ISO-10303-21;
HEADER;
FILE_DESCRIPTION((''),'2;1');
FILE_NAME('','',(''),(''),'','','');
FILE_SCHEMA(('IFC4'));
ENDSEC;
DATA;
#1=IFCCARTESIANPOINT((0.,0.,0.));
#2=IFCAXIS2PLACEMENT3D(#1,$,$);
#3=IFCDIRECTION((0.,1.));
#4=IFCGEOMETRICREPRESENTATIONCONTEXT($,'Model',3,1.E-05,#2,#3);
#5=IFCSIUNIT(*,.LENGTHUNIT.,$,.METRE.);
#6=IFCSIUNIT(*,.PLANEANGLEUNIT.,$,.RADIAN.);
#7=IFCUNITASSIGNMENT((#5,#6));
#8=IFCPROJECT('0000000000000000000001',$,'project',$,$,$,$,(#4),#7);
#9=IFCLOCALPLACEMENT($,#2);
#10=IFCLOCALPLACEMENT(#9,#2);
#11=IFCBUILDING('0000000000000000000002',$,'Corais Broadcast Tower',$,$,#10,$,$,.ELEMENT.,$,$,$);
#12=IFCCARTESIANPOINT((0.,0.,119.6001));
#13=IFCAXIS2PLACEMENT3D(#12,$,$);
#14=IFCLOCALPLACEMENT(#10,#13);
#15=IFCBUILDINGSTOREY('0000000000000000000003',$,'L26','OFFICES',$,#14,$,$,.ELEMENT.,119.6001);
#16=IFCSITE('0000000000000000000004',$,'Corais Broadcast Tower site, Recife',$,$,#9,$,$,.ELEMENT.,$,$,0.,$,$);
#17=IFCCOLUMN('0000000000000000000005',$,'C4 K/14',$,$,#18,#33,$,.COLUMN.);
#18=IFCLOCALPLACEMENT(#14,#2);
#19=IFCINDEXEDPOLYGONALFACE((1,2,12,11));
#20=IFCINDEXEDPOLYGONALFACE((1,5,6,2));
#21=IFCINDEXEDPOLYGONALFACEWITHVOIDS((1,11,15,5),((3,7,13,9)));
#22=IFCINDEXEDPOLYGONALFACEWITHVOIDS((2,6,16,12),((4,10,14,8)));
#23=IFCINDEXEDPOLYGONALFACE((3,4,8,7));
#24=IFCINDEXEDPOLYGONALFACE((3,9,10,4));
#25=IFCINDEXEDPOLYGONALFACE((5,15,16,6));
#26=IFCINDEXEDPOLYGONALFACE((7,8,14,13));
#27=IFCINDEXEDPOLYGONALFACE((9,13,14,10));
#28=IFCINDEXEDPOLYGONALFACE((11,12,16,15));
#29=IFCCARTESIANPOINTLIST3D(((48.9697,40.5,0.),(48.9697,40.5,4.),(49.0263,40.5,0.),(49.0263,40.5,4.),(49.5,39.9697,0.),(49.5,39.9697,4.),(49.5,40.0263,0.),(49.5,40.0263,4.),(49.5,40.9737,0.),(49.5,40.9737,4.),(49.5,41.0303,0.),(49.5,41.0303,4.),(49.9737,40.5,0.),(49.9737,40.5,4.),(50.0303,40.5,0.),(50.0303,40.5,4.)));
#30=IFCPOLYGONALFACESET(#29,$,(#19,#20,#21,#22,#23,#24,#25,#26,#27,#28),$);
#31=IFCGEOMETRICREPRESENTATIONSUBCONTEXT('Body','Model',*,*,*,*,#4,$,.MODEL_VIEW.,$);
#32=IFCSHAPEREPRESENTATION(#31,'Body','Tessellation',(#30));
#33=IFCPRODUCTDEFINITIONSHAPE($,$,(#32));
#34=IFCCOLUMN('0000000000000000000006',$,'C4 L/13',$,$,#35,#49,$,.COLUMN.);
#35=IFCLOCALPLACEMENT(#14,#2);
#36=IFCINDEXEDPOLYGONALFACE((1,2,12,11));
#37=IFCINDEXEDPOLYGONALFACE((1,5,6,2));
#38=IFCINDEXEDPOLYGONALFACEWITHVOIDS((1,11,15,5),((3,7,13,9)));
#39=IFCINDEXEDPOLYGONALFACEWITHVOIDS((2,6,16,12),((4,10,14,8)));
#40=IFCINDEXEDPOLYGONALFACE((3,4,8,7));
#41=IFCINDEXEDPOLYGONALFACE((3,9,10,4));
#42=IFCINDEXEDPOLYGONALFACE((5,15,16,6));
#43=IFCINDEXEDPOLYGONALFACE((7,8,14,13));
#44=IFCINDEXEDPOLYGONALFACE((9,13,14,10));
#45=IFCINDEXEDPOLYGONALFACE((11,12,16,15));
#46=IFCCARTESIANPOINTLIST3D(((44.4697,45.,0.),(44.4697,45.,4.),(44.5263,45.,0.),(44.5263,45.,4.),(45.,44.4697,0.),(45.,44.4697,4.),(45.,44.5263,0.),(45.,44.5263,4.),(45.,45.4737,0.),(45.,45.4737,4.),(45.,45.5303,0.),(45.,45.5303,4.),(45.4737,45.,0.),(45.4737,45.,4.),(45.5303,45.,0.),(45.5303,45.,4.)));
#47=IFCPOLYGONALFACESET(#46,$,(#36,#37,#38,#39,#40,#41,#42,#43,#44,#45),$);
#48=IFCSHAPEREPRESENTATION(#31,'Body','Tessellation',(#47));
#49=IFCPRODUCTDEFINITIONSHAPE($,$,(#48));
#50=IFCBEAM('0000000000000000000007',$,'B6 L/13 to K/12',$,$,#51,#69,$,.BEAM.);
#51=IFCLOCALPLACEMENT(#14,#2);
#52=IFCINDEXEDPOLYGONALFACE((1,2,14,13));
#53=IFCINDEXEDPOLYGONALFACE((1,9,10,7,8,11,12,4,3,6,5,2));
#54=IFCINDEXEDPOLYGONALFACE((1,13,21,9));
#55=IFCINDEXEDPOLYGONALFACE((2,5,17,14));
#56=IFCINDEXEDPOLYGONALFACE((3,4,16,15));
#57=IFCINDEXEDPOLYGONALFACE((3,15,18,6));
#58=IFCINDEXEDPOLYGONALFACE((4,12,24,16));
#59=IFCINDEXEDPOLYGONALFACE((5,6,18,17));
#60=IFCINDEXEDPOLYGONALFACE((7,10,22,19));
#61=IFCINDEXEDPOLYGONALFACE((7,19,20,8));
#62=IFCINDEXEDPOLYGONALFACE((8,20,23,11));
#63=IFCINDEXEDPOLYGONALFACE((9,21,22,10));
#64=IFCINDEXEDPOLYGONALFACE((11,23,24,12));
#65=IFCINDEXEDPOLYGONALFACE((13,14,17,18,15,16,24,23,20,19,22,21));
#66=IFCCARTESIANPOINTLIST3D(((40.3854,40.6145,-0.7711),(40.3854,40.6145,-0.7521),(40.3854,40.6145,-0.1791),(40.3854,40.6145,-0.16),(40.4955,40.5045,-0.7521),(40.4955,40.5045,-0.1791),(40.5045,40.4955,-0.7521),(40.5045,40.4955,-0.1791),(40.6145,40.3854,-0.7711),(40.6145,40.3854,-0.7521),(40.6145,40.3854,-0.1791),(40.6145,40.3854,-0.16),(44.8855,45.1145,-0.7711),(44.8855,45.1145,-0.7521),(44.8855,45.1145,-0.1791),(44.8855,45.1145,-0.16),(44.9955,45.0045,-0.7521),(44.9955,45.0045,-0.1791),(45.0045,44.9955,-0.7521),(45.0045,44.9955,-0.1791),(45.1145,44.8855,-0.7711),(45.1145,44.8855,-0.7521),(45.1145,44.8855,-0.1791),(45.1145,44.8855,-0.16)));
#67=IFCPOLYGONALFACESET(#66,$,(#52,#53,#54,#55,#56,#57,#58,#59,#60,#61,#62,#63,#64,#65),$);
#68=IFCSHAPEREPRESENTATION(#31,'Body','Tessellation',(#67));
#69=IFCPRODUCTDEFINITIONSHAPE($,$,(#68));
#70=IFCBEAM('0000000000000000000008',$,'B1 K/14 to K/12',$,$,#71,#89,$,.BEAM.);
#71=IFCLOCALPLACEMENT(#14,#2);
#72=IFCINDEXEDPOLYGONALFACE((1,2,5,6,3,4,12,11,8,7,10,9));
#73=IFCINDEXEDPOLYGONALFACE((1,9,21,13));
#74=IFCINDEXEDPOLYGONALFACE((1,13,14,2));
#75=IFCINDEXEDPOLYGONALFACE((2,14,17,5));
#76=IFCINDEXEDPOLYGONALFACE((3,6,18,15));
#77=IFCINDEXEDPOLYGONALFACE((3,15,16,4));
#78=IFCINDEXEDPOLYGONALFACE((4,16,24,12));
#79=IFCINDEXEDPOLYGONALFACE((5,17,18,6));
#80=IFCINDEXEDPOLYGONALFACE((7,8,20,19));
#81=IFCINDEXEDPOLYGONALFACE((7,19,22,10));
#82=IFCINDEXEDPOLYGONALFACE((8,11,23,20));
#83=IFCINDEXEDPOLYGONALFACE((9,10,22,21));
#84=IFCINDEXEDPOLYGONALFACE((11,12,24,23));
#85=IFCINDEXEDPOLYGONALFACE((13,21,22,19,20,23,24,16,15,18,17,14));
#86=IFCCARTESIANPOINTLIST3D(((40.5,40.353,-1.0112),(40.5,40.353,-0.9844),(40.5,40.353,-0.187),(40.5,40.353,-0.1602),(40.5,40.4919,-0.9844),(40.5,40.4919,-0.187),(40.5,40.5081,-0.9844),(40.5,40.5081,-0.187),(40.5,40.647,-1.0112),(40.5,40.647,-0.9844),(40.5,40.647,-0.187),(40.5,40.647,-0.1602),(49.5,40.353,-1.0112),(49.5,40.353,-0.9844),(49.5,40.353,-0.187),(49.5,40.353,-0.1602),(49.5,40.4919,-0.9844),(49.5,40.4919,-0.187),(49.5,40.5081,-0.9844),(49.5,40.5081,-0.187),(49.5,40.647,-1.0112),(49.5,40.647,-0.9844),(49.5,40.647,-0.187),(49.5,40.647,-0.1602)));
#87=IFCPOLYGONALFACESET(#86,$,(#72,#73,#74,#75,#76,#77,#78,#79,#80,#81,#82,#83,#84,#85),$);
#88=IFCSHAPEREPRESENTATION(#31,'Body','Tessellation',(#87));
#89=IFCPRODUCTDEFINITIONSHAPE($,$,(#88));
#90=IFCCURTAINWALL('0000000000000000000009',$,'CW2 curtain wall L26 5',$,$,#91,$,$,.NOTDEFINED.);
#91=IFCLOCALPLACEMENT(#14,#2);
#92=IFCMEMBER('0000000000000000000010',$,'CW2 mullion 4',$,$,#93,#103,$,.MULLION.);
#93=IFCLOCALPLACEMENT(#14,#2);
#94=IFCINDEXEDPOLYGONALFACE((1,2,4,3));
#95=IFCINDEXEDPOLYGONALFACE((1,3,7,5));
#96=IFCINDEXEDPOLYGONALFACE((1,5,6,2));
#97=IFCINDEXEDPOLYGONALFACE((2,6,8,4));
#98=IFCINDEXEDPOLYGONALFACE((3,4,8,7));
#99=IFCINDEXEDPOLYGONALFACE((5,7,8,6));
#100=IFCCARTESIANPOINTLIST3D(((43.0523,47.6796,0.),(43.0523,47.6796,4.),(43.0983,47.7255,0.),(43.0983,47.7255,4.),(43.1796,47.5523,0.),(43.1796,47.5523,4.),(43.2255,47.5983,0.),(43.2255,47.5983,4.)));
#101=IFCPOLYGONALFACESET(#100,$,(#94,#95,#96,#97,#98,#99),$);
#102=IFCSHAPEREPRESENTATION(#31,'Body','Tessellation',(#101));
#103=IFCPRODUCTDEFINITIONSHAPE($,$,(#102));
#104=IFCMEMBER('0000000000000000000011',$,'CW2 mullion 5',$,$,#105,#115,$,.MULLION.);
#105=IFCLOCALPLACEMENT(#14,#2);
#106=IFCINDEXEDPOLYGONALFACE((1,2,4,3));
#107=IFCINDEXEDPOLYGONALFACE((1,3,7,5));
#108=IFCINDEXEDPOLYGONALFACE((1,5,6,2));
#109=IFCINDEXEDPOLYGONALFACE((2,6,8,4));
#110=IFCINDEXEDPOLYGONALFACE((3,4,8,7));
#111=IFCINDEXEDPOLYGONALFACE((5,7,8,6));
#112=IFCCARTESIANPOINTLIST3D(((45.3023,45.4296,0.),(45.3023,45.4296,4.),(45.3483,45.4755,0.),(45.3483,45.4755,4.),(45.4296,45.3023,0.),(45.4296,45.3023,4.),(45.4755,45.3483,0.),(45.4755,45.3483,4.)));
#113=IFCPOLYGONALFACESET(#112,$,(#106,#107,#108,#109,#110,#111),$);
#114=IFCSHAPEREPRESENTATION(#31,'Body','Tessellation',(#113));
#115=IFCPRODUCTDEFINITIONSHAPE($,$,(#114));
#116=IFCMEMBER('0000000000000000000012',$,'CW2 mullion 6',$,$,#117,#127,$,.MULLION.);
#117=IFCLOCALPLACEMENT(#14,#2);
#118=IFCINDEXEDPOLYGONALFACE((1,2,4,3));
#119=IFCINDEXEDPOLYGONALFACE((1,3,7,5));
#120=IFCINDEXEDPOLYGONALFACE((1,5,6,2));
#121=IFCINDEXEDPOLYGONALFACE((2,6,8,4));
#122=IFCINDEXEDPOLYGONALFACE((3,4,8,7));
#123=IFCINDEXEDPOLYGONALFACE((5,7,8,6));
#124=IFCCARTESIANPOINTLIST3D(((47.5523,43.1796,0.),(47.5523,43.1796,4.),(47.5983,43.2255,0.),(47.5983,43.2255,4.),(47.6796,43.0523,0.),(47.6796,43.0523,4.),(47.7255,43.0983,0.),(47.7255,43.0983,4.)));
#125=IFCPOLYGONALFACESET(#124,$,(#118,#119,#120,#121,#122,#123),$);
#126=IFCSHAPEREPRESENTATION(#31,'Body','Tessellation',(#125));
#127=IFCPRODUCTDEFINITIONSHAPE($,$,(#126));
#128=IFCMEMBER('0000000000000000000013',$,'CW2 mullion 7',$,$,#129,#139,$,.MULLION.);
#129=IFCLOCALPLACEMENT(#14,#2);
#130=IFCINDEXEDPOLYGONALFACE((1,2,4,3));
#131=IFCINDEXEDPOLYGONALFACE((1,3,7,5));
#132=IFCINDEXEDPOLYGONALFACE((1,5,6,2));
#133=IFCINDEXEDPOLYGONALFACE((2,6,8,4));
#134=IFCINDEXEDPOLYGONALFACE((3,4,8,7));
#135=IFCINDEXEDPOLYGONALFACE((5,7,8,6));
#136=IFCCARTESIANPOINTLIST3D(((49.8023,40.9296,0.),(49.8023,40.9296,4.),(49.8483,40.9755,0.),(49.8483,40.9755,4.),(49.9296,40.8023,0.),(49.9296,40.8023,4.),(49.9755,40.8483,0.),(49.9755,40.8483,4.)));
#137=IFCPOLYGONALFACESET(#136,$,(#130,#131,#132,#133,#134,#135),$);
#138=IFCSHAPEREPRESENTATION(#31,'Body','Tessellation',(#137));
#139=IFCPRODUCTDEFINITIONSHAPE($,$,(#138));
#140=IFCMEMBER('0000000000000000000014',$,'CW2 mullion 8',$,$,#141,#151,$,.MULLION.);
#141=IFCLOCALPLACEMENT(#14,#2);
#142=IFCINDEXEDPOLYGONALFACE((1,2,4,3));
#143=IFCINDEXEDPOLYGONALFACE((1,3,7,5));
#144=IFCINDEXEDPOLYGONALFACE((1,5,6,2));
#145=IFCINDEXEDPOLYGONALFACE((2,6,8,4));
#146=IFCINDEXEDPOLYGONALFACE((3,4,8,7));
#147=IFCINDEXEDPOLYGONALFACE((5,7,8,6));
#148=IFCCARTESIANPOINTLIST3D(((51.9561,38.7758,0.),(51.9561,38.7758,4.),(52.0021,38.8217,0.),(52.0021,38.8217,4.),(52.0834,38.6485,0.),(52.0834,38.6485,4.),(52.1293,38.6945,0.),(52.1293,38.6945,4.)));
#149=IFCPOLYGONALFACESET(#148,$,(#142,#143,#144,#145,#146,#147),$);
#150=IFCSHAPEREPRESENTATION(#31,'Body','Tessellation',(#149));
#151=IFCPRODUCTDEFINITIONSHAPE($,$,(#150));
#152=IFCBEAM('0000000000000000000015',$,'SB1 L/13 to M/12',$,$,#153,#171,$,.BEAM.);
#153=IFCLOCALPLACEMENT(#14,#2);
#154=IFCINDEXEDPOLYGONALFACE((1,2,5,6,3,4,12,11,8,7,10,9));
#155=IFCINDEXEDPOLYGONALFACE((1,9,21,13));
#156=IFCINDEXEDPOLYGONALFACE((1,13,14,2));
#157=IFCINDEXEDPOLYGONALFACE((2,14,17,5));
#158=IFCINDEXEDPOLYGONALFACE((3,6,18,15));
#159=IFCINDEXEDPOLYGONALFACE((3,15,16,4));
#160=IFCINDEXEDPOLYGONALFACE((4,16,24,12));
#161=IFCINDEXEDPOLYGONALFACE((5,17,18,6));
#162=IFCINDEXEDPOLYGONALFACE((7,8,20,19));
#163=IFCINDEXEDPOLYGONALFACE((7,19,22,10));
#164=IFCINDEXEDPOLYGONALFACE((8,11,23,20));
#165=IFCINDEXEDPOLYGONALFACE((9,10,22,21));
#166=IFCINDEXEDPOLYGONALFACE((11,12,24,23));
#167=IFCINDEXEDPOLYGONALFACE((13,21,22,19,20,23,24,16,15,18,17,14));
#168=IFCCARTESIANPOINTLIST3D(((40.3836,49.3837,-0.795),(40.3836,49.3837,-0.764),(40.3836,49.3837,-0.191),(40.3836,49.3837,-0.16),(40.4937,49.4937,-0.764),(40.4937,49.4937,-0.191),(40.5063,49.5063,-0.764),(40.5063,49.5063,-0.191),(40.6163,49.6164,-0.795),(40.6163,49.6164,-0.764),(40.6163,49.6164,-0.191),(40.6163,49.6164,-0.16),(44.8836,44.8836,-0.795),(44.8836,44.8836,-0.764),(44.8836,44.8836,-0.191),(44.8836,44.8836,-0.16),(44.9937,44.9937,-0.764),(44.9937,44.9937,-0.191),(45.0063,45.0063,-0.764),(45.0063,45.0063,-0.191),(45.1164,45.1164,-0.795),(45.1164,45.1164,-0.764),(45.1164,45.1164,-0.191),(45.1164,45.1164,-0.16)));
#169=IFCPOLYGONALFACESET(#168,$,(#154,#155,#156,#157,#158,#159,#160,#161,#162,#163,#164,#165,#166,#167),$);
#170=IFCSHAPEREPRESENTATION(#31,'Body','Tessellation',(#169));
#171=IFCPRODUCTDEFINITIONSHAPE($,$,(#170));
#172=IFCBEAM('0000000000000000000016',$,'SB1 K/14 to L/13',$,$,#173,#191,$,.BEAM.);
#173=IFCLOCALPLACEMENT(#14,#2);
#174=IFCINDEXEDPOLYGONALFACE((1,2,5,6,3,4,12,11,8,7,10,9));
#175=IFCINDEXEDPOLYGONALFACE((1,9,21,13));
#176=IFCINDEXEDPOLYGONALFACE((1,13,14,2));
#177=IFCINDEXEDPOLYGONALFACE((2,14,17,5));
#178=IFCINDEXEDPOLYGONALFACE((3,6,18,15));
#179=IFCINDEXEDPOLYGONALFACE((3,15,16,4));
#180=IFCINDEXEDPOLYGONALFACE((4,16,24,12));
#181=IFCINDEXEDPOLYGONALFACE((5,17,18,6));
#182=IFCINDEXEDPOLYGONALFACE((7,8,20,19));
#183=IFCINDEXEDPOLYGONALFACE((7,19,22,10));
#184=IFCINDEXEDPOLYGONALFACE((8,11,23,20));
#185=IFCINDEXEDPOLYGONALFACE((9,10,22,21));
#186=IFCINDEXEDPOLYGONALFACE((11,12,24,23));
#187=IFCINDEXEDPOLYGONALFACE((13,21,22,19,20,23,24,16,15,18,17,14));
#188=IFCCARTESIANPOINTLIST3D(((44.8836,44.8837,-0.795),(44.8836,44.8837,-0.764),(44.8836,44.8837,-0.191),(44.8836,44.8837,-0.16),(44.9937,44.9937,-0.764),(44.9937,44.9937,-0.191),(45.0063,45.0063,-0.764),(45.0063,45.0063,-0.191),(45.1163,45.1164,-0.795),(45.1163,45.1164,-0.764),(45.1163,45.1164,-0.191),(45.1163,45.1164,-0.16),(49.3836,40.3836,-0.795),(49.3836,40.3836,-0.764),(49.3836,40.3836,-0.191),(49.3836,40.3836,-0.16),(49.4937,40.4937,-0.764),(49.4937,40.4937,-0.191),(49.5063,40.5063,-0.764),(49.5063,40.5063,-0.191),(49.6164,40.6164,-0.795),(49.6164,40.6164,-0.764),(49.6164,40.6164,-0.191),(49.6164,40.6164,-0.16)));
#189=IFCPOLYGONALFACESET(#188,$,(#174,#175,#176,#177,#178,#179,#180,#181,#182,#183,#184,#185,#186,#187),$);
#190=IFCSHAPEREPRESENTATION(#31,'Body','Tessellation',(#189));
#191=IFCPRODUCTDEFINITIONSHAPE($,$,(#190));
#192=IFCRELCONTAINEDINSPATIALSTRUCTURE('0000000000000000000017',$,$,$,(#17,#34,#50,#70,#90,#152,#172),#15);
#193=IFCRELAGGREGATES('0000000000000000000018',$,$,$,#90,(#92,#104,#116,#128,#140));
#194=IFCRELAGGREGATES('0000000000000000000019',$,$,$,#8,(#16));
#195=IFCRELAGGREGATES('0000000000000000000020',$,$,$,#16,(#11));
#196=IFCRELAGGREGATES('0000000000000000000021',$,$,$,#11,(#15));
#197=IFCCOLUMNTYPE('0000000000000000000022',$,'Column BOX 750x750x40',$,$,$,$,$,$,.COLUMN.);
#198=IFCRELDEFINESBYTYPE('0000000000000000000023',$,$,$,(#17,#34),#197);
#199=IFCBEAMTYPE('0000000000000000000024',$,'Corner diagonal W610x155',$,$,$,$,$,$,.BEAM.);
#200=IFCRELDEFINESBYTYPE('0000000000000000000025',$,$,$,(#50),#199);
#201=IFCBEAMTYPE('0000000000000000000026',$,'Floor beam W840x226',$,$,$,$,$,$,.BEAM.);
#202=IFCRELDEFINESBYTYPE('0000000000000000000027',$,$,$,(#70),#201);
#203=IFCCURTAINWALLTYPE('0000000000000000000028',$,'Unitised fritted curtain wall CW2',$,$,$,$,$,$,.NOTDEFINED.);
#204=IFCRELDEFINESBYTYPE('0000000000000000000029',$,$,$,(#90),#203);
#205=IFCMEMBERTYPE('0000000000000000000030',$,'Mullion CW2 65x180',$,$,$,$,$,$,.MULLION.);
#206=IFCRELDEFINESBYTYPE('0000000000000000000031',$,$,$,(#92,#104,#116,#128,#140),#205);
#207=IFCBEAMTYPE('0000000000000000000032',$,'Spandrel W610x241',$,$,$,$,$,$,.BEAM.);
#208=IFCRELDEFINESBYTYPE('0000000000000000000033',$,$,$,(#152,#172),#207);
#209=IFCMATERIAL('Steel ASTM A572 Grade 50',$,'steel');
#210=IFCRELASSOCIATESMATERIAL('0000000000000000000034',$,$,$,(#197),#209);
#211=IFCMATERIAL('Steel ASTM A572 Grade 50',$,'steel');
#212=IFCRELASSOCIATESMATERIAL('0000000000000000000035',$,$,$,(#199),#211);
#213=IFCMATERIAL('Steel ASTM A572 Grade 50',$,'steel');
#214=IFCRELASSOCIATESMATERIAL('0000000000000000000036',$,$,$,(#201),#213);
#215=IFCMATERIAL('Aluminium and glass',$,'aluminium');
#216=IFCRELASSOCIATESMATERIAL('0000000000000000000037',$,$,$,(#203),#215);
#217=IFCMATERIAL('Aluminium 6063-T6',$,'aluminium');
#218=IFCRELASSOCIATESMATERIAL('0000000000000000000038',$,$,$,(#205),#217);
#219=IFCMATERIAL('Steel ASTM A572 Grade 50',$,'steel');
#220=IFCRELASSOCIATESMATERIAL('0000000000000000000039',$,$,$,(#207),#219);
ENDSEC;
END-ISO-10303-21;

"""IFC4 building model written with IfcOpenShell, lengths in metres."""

from ifc_helpers import new_model, si_unit, direction, frame, origin, origin_2d, place, context, subcontext, project, spatial, rectangle, hollow_rectangle, i_section, extrude, material, material_profile, profile_set, type_object, element, aggregate, save


model = new_model("IFC4")

# Units and contexts
model_context = context("Model", 3, precision=1e-05, world=origin(), true_north=direction((0.0, 1.0)))
body_context = subcontext(model_context, "Body", "Model", "MODEL_VIEW")
ifc_project = project(units=[si_unit("LENGTHUNIT", "METRE"), si_unit("PLANEANGLEUNIT", "RADIAN")], contexts=[model_context])

# Site, building, storey
site_placement = place(None, origin())
site = spatial("IfcSite", under=ifc_project, at=site_placement, Name="Corais Broadcast Tower site, Recife", CompositionType="ELEMENT", RefElevation=0.0)
building_placement = place(site_placement, origin())
building = spatial("IfcBuilding", under=site, at=building_placement, Name="Corais Broadcast Tower", CompositionType="ELEMENT")
storey_placement = place(building_placement, frame((0.0, 0.0, 119.6001)))
storey = spatial("IfcBuildingStorey", under=building, at=storey_placement, Name="L26", Description="OFFICES", CompositionType="ELEMENT", Elevation=119.6001)

# Columns
ifc_material_1 = material(Name="Steel ASTM A572 Grade 50", Category="steel")
ifc_material_profile_1 = material_profile(ifc_material_1, hollow_rectangle(XDim=0.75, YDim=0.75, WallThickness=0.04, at=origin_2d()), Name="BOX 750x750x40")
ifc_profile_set_1 = profile_set([ifc_material_profile_1], Name="Steel ASTM A572 Grade 50")
column_type = type_object("IfcColumnType", Name="Column BOX 750x750x40", PredefinedType="COLUMN", material=ifc_profile_set_1)
for number, where, z_axis, x_axis, name in (
    (1, (49.5, 40.5, 0.0), (0.0, 0.0, 1.0), (0.707107, 0.707107, 0.0), "C4 K/14"),
    (2, (45.0, 45.0, 0.0), (0.0, 0.0, 1.0), (0.707107, 0.707107, 0.0), "C4 L/13"),
):
    element("IfcColumn", number, at=place(storey_placement, frame(where, z_axis=z_axis, x_axis=x_axis)), inside=storey, type_object=column_type, Name=name, PredefinedType="COLUMN", context=body_context, shape_type="SweptSolid", body=[
        extrude(hollow_rectangle(XDim=0.75, YDim=0.75, WallThickness=0.04, at=origin_2d()), origin(), (0.0, 0.0, 1.0), 4.0),
    ])

# Beams
ifc_material_2 = material(Name="Steel ASTM A572 Grade 50", Category="steel")
ifc_material_profile_2 = material_profile(ifc_material_2, i_section(OverallWidth=0.324, OverallDepth=0.6111, WebThickness=0.0127, FlangeThickness=0.019, at=origin_2d()), Name="W610x155")
ifc_profile_set_2 = profile_set([ifc_material_profile_2], Name="Steel ASTM A572 Grade 50")
beam_type_1 = type_object("IfcBeamType", Name="Corner diagonal W610x155", PredefinedType="BEAM", material=ifc_profile_set_2)
beam_1_placement = place(storey_placement, frame((45.0, 45.0, -0.4656), z_axis=(-0.707107, -0.707107, 0.0), x_axis=(0.707107, -0.707107, 0.0)))
element("IfcBeam", 3, at=beam_1_placement, inside=storey, type_object=beam_type_1, Name="B6 L/13 to K/12", PredefinedType="BEAM", context=body_context, shape_type="SweptSolid", body=[
    extrude(i_section(OverallWidth=0.324, OverallDepth=0.6111, WebThickness=0.0127, FlangeThickness=0.019, at=origin_2d()), origin(), (0.0, 0.0, 1.0), 6.364),
])
ifc_material_3 = material(Name="Steel ASTM A572 Grade 50", Category="steel")
ifc_material_profile_3 = material_profile(ifc_material_3, i_section(OverallWidth=0.2939, OverallDepth=0.8511, WebThickness=0.0161, FlangeThickness=0.0269, at=origin_2d()), Name="W840x226")
ifc_profile_set_3 = profile_set([ifc_material_profile_3], Name="Steel ASTM A572 Grade 50")
beam_type_2 = type_object("IfcBeamType", Name="Floor beam W840x226", PredefinedType="BEAM", material=ifc_profile_set_3)
beam_2_placement = place(storey_placement, frame((49.5, 40.5, -0.5857), z_axis=(-1.0, 0.0, 0.0), x_axis=(0.0, -1.0, 0.0)))
element("IfcBeam", 4, at=beam_2_placement, inside=storey, type_object=beam_type_2, Name="B1 K/14 to K/12", PredefinedType="BEAM", context=body_context, shape_type="SweptSolid", body=[
    extrude(i_section(OverallWidth=0.2939, OverallDepth=0.8511, WebThickness=0.0161, FlangeThickness=0.0269, at=origin_2d()), origin(), (0.0, 0.0, 1.0), 9.0),
])

# Curtain wall, members
ifc_material_4 = material(Name="Aluminium and glass", Category="aluminium")
curtain_wall_type = type_object("IfcCurtainWallType", Name="Unitised fritted curtain wall CW2", PredefinedType="NOTDEFINED", material=ifc_material_4)
curtain_wall_placement = place(storey_placement, origin())
curtain_wall = element("IfcCurtainWall", 5, at=curtain_wall_placement, inside=storey, type_object=curtain_wall_type, Name="CW2 curtain wall L26 5", PredefinedType="NOTDEFINED")
ifc_material_5 = material(Name="Aluminium 6063-T6", Category="aluminium")
ifc_material_profile_4 = material_profile(ifc_material_5, rectangle(XDim=0.0649, YDim=0.1799, at=origin_2d()), Name="Mullion CW2 65x180")
ifc_profile_set_4 = profile_set([ifc_material_profile_4], Name="Aluminium 6063-T6")
member_type_1 = type_object("IfcMemberType", Name="Mullion CW2 65x180", PredefinedType="MULLION", material=ifc_profile_set_4)
member_1_placement = place(storey_placement, frame((43.1389, 47.6389, 0.0), z_axis=(0.0, 0.0, 1.0), x_axis=(0.707107, 0.707107, 0.0)))
member_1 = element("IfcMember", 6, at=member_1_placement, type_object=member_type_1, Name="CW2 mullion 4", PredefinedType="MULLION", context=body_context, shape_type="SweptSolid", body=[
    extrude(rectangle(XDim=0.0649, YDim=0.1799, at=origin_2d()), origin(), (0.0, 0.0, 1.0), 4.0),
])
member_2_placement = place(storey_placement, frame((45.3889, 45.3889, 0.0), z_axis=(0.0, 0.0, 1.0), x_axis=(0.707107, 0.707107, 0.0)))
member_2 = element("IfcMember", 7, at=member_2_placement, type_object=member_type_1, Name="CW2 mullion 5", PredefinedType="MULLION", context=body_context, shape_type="SweptSolid", body=[
    extrude(rectangle(XDim=0.0649, YDim=0.1799, at=origin_2d()), origin(), (0.0, 0.0, 1.0), 4.0),
])
member_3_placement = place(storey_placement, frame((47.6389, 43.1389, 0.0), z_axis=(0.0, 0.0, 1.0), x_axis=(0.707107, 0.707107, 0.0)))
member_3 = element("IfcMember", 8, at=member_3_placement, type_object=member_type_1, Name="CW2 mullion 6", PredefinedType="MULLION", context=body_context, shape_type="SweptSolid", body=[
    extrude(rectangle(XDim=0.0649, YDim=0.1799, at=origin_2d()), origin(), (0.0, 0.0, 1.0), 4.0),
])
member_4_placement = place(storey_placement, frame((49.8889, 40.8889, 0.0), z_axis=(0.0, 0.0, 1.0), x_axis=(0.707107, 0.707107, 0.0)))
member_4 = element("IfcMember", 9, at=member_4_placement, type_object=member_type_1, Name="CW2 mullion 7", PredefinedType="MULLION", context=body_context, shape_type="SweptSolid", body=[
    extrude(rectangle(XDim=0.0649, YDim=0.1799, at=origin_2d()), origin(), (0.0, 0.0, 1.0), 4.0),
])
member_5_placement = place(storey_placement, frame((52.0427, 38.7351, 0.0), z_axis=(0.0, 0.0, 1.0), x_axis=(0.707107, 0.707107, 0.0)))
member_5 = element("IfcMember", 10, at=member_5_placement, type_object=member_type_1, Name="CW2 mullion 8", PredefinedType="MULLION", context=body_context, shape_type="SweptSolid", body=[
    extrude(rectangle(XDim=0.0649, YDim=0.1799, at=origin_2d()), origin(), (0.0, 0.0, 1.0), 4.0),
])

# Beams
ifc_material_6 = material(Name="Steel ASTM A572 Grade 50", Category="steel")
ifc_material_profile_5 = material_profile(ifc_material_6, i_section(OverallWidth=0.3291, OverallDepth=0.635, WebThickness=0.0178, FlangeThickness=0.031, at=origin_2d()), Name="W610x241")
ifc_profile_set_5 = profile_set([ifc_material_profile_5], Name="Steel ASTM A572 Grade 50")
beam_type_3 = type_object("IfcBeamType", Name="Spandrel W610x241", PredefinedType="BEAM", material=ifc_profile_set_5)
for number, where, z_axis, x_axis, name in (
    (11, (45.0, 45.0, -0.4775), (-0.707107, 0.707107, 0.0), (-0.707107, -0.707107, 0.0), "SB1 L/13 to M/12"),
    (12, (49.5, 40.5, -0.4775), (-0.707107, 0.707107, 0.0), (-0.707107, -0.707107, 0.0), "SB1 K/14 to L/13"),
):
    element("IfcBeam", number, at=place(storey_placement, frame(where, z_axis=z_axis, x_axis=x_axis)), inside=storey, type_object=beam_type_3, Name=name, PredefinedType="BEAM", context=body_context, shape_type="SweptSolid", body=[
        extrude(i_section(OverallWidth=0.3291, OverallDepth=0.635, WebThickness=0.0178, FlangeThickness=0.031, at=origin_2d()), origin(), (0.0, 0.0, 1.0), 6.364),
    ])

aggregate(curtain_wall, [member_1, member_2, member_3, member_4, member_5])

save(model, "model.ifc")
